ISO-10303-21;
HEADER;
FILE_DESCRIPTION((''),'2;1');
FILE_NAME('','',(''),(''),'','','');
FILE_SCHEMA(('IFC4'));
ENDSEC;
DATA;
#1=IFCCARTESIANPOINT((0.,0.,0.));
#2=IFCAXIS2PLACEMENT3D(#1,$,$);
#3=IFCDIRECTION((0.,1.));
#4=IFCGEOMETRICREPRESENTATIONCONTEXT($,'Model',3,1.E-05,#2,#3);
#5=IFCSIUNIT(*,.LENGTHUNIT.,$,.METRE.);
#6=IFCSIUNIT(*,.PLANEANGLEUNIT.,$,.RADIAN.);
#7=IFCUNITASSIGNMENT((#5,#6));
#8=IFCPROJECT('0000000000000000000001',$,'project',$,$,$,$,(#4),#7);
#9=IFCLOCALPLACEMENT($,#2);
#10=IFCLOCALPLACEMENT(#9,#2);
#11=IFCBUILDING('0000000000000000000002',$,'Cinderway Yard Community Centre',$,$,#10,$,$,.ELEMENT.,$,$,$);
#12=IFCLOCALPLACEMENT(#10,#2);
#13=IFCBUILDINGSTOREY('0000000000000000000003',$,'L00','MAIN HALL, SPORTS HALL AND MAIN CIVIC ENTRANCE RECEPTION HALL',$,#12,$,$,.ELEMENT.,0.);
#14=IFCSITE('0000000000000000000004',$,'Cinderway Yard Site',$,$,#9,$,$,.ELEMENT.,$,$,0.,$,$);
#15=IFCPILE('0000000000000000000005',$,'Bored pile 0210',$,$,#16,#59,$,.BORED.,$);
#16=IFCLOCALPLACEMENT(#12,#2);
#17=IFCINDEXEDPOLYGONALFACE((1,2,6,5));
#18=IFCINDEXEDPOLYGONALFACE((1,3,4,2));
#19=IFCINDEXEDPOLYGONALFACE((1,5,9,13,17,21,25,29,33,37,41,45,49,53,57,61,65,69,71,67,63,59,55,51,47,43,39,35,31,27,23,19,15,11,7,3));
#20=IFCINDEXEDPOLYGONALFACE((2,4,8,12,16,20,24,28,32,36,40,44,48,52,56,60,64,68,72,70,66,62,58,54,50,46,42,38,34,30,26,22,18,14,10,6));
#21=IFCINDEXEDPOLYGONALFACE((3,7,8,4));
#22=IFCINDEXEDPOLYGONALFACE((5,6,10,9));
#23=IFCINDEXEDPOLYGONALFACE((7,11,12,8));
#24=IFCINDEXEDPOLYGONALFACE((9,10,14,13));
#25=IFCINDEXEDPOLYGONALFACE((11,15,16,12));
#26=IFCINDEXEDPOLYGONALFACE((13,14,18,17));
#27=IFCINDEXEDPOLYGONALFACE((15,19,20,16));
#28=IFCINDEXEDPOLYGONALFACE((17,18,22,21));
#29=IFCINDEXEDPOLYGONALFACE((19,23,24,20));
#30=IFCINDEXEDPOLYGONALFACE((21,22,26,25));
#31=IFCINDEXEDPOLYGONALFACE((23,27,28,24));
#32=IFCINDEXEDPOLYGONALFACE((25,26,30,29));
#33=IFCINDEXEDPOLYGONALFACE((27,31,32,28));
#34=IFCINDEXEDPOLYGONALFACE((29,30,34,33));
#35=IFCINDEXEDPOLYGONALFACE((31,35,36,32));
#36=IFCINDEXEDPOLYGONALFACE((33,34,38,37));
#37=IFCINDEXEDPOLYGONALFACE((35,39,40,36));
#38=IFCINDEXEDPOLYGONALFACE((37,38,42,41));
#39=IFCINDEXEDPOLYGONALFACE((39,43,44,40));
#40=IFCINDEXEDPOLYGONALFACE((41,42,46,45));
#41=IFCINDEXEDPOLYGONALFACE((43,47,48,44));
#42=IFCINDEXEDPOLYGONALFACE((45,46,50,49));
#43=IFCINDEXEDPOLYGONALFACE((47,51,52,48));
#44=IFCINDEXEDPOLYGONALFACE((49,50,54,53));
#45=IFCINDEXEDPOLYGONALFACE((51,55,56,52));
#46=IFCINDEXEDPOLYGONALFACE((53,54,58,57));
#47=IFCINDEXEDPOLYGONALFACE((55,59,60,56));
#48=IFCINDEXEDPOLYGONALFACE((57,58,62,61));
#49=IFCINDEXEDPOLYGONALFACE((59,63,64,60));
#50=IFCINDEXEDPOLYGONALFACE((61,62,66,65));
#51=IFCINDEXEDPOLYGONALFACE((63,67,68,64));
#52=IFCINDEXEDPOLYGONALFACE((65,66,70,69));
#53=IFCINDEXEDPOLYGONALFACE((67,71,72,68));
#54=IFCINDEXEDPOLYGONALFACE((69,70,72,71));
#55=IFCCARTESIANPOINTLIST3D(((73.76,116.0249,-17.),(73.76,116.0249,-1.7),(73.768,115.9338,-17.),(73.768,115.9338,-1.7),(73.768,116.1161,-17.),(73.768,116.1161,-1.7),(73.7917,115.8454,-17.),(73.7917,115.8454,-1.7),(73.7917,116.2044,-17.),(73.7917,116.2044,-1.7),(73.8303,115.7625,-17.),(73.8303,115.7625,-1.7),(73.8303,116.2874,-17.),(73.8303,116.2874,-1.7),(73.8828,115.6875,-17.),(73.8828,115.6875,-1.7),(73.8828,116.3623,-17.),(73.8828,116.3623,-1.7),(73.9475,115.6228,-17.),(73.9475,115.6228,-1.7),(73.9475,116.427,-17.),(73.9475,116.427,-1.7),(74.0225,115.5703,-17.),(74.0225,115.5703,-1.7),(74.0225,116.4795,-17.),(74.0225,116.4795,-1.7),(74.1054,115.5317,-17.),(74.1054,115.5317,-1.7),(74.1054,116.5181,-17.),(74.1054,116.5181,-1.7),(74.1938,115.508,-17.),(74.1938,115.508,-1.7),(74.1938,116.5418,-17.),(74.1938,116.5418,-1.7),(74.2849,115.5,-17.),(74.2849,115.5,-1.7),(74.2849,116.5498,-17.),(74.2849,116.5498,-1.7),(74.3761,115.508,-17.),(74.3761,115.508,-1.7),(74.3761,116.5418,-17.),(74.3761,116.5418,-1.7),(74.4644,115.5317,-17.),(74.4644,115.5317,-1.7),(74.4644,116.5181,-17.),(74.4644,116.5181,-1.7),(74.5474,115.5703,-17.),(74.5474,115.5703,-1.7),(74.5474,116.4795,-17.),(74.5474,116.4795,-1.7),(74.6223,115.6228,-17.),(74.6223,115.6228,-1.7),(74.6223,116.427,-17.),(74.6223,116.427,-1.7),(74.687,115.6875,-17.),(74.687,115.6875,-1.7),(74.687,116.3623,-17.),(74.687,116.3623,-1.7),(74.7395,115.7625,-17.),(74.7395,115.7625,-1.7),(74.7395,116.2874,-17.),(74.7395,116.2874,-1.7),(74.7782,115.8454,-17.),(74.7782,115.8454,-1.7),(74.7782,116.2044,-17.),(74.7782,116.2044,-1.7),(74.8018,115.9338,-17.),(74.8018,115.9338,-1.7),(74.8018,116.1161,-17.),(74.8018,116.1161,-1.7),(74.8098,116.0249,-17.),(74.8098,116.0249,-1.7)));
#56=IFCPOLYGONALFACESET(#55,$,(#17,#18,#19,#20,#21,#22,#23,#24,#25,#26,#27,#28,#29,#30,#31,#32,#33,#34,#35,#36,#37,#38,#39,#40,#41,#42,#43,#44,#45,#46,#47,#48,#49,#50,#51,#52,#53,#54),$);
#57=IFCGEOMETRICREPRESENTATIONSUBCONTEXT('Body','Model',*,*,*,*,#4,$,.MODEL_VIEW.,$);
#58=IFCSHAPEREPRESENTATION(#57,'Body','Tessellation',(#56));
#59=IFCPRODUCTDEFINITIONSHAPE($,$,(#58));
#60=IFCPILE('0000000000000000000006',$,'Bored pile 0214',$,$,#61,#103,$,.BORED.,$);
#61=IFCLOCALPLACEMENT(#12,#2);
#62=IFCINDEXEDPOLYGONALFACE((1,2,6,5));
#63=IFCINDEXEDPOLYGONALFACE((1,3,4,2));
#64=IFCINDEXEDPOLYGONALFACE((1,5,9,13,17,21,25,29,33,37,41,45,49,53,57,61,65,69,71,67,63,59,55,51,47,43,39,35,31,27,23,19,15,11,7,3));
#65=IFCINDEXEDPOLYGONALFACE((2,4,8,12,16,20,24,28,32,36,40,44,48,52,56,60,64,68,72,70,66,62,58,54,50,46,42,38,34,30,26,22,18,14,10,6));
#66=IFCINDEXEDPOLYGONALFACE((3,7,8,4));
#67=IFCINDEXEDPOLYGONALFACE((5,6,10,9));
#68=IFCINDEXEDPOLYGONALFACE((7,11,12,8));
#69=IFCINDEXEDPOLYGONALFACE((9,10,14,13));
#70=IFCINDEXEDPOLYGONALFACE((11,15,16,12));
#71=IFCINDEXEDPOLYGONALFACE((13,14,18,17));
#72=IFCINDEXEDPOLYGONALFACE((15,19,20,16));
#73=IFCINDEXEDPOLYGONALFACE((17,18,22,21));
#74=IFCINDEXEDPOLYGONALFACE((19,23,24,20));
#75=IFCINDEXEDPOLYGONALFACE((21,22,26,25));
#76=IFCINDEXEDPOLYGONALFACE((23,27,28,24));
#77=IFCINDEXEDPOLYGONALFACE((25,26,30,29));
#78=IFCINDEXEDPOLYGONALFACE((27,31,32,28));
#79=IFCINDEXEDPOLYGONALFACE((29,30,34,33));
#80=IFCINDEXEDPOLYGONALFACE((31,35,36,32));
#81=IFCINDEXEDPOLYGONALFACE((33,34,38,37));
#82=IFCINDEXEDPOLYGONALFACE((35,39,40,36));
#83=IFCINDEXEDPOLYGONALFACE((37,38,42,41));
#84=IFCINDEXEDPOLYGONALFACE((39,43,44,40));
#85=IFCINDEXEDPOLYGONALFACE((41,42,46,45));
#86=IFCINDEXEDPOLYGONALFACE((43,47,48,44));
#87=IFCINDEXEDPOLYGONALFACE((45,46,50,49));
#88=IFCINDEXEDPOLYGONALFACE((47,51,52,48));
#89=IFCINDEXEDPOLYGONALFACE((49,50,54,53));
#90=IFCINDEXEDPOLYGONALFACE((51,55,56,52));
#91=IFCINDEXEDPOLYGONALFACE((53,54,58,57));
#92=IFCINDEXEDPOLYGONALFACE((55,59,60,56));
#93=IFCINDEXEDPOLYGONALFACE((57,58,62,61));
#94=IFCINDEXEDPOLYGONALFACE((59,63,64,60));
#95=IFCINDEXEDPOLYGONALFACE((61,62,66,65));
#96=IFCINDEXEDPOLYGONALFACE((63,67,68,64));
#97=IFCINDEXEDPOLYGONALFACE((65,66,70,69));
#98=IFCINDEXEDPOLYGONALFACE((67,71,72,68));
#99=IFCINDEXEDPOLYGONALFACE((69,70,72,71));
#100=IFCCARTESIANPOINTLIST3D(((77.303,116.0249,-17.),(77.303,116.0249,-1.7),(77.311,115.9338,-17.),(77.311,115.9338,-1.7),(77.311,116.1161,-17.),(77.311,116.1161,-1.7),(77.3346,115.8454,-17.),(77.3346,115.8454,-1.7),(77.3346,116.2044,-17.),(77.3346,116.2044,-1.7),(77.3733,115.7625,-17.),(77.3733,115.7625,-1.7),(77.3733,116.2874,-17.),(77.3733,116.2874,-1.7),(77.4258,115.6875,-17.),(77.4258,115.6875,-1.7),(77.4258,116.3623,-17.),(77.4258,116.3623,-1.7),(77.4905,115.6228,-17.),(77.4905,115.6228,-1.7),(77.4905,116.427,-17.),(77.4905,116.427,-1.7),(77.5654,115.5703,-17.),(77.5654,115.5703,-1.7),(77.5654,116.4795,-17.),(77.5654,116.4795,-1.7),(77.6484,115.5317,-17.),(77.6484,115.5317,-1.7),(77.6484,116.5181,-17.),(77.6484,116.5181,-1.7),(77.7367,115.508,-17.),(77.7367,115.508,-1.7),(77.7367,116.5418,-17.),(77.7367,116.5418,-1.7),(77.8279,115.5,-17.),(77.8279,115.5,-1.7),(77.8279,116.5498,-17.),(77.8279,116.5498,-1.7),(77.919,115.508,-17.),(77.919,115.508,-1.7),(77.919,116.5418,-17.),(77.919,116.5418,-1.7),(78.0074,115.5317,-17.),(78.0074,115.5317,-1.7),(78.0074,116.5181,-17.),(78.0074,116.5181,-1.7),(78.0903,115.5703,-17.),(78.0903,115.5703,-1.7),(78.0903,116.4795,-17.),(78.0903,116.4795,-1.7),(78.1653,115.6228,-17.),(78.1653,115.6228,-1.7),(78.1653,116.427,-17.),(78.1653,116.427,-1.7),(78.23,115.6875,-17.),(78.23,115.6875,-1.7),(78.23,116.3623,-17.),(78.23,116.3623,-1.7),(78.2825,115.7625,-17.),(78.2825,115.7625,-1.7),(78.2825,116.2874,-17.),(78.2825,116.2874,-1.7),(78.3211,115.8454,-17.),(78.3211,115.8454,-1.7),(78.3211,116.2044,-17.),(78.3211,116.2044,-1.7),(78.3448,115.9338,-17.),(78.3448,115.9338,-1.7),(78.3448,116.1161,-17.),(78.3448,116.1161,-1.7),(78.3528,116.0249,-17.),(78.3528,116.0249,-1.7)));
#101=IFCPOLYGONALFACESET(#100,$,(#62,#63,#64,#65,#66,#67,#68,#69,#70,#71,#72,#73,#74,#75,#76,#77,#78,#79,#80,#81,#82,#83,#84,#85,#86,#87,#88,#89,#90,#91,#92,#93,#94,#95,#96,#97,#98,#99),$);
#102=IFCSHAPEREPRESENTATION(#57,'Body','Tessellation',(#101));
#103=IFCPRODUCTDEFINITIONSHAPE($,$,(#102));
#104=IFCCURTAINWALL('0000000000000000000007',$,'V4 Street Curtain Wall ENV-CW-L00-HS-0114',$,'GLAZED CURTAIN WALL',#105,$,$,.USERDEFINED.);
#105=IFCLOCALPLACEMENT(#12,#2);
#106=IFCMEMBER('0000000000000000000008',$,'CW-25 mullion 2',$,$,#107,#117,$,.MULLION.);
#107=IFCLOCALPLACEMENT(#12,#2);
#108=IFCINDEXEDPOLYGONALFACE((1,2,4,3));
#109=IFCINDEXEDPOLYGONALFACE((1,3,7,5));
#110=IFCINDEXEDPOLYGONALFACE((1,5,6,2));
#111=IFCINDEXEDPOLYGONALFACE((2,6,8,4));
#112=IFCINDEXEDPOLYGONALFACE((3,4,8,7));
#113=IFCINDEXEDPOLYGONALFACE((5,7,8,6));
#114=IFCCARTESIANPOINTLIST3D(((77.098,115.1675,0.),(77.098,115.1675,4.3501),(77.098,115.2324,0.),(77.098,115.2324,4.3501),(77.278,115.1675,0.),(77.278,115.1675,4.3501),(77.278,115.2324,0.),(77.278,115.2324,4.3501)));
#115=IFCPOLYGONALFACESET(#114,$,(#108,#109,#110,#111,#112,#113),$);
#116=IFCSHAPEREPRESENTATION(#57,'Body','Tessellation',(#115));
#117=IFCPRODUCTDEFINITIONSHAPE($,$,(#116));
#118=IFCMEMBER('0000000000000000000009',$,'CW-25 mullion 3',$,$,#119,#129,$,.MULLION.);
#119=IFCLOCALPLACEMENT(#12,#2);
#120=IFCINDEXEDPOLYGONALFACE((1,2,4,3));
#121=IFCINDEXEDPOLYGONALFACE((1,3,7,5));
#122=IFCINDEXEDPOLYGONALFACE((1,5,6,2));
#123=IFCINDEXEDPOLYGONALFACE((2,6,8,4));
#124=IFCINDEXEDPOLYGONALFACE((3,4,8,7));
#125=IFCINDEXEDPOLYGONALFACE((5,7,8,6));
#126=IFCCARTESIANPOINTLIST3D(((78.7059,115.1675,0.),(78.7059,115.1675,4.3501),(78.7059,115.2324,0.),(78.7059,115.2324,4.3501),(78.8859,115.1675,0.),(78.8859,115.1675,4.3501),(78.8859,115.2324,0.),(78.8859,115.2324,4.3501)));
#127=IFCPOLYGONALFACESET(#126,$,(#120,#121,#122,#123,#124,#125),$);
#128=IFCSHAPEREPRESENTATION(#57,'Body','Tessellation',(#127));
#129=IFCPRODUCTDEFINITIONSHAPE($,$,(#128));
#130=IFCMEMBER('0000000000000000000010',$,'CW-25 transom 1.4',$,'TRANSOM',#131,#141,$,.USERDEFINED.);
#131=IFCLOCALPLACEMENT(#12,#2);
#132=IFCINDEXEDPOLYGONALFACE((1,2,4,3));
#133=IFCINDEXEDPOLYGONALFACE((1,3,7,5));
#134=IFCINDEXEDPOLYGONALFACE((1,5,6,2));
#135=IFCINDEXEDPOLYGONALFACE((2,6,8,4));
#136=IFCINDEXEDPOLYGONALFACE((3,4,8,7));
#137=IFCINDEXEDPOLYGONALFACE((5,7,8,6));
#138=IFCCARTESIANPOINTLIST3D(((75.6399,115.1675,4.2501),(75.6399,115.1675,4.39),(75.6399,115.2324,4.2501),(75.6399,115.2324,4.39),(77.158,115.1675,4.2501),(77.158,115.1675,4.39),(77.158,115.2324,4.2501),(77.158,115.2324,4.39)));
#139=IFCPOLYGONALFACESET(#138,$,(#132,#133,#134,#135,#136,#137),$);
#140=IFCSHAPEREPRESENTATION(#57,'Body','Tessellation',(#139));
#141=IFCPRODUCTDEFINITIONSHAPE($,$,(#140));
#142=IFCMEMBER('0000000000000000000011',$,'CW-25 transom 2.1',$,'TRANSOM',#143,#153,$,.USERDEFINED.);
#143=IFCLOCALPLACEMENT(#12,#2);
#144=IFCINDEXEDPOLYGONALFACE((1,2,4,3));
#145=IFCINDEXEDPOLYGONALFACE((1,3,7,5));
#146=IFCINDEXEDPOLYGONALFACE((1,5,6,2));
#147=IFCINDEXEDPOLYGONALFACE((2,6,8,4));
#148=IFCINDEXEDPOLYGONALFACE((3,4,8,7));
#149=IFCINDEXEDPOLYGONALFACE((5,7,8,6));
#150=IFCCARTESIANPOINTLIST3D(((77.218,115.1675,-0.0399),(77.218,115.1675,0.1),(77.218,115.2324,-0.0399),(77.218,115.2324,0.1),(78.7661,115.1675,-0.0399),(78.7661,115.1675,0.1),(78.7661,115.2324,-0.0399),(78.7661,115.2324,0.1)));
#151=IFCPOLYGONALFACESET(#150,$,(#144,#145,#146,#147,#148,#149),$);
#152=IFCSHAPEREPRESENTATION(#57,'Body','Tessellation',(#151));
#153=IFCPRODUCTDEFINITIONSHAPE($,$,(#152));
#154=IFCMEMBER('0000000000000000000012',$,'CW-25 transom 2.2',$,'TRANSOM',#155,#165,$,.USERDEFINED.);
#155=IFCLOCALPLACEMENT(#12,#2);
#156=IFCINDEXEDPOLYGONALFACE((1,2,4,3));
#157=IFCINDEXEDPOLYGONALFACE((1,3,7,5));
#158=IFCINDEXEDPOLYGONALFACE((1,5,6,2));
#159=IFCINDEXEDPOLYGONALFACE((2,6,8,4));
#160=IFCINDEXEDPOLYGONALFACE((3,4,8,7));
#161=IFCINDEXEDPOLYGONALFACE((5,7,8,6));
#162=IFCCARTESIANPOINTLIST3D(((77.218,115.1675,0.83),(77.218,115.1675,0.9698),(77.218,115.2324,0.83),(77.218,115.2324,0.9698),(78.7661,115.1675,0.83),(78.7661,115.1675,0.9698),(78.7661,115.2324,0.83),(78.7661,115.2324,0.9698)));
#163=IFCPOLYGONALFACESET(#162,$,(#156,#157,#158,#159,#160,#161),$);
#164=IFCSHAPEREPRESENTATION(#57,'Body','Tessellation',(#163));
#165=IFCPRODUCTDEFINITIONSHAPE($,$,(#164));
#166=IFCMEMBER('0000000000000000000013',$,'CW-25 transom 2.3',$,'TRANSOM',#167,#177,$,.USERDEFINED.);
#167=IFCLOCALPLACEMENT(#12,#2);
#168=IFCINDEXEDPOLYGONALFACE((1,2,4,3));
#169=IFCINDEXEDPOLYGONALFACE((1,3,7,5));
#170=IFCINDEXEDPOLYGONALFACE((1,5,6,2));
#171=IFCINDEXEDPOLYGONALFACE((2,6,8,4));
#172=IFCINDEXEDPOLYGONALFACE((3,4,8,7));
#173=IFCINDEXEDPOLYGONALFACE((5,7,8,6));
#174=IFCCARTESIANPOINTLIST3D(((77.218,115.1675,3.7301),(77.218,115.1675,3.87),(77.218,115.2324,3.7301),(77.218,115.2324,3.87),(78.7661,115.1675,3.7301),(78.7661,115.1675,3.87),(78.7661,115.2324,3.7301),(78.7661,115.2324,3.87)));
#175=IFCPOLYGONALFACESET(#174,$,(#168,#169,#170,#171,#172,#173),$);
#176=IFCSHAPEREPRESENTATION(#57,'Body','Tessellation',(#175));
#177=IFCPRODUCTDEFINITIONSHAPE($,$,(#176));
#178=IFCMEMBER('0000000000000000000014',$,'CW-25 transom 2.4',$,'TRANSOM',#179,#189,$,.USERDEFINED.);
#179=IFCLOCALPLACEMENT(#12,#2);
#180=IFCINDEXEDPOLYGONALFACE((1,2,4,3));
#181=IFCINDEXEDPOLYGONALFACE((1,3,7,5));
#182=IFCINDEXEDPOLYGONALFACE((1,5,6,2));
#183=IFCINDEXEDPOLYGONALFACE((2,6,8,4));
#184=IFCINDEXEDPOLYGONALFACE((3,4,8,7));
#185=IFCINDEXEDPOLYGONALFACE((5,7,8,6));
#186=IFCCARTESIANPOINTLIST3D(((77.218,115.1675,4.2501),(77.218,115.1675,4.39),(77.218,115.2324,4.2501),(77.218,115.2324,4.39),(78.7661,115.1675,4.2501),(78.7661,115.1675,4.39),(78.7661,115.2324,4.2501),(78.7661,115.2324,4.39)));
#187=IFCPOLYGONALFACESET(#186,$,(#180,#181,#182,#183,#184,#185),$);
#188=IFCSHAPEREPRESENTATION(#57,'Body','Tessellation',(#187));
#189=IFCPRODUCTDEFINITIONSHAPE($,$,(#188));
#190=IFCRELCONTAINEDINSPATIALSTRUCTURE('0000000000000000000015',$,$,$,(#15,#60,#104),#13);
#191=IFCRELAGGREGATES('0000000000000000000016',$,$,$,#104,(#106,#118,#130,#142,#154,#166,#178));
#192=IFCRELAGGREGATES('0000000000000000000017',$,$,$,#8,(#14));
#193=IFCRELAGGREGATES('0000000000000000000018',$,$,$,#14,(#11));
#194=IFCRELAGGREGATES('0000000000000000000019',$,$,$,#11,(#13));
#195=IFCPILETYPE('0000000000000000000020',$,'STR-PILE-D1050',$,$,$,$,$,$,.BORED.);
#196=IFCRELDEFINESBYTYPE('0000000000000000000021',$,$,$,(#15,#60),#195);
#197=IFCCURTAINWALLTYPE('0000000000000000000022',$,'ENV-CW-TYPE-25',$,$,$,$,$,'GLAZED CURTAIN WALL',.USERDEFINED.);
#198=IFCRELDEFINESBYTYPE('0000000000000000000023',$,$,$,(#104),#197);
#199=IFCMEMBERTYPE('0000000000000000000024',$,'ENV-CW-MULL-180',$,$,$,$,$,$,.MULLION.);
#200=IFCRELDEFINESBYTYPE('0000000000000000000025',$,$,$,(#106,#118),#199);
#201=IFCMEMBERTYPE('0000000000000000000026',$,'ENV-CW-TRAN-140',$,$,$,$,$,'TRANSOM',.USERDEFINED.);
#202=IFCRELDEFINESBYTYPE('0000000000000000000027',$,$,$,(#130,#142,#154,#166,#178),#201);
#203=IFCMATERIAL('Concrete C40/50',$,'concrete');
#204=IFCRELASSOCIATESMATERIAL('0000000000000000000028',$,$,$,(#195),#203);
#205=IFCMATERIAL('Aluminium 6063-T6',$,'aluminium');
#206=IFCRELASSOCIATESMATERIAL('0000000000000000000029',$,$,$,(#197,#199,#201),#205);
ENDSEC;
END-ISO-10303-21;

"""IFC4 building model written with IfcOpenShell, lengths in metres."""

from ifc_helpers import new_model, si_unit, direction, frame, origin, origin_2d, place, context, subcontext, project, spatial, rectangle, circle, extrude, material, material_profile, profile_set, type_object, element, aggregate, save


model = new_model("IFC4")

# Units and contexts
model_context = context("Model", 3, precision=1e-05, world=origin(), true_north=direction((0.0, 1.0)))
body_context = subcontext(model_context, "Body", "Model", "MODEL_VIEW")
ifc_project = project(units=[si_unit("LENGTHUNIT", "METRE"), si_unit("PLANEANGLEUNIT", "RADIAN")], contexts=[model_context])

# Site, building, storey
site_placement = place(None, origin())
site = spatial("IfcSite", under=ifc_project, at=site_placement, Name="Cinderway Yard Site", CompositionType="ELEMENT", RefElevation=0.0)
building_placement = place(site_placement, origin())
building = spatial("IfcBuilding", under=site, at=building_placement, Name="Cinderway Yard Community Centre", CompositionType="ELEMENT")
storey_placement = place(building_placement, origin())
storey = spatial("IfcBuildingStorey", under=building, at=storey_placement, Name="L00", Description="MAIN HALL, SPORTS HALL AND MAIN CIVIC ENTRANCE RECEPTION HALL", CompositionType="ELEMENT", Elevation=0.0)

# Piles
ifc_material_1 = material(Name="Concrete C40/50", Category="concrete")
ifc_material_profile_1 = material_profile(ifc_material_1, circle(Radius=0.5249, at=origin_2d()), Name="Concrete C40/50")
ifc_profile_set_1 = profile_set([ifc_material_profile_1], Name="Concrete C40/50")
pile_type = type_object("IfcPileType", Name="STR-PILE-D1050", PredefinedType="BORED", material=ifc_profile_set_1)
for number, where, z_axis, x_axis, name in (
    (1, (74.2849, 116.0249, -1.7), (0.0, 0.0, -1.0), (1.0, 0.0, 0.0), "Bored pile 0210"),
    (2, (77.8279, 116.0249, -1.7), (0.0, 0.0, -1.0), (1.0, 0.0, 0.0), "Bored pile 0214"),
):
    element("IfcPile", number, at=place(storey_placement, frame(where, z_axis=z_axis, x_axis=x_axis)), inside=storey, type_object=pile_type, Name=name, PredefinedType="BORED", context=body_context, shape_type="SweptSolid", body=[
        extrude(circle(Radius=0.5249, at=origin_2d()), origin(), (0.0, 0.0, 1.0), 15.3),
    ])

# Curtain wall, members
ifc_material_2 = material(Name="Aluminium 6063-T6", Category="aluminium")
curtain_wall_type = type_object("IfcCurtainWallType", Name="ENV-CW-TYPE-25", ElementType="GLAZED CURTAIN WALL", PredefinedType="USERDEFINED", material=ifc_material_2)
curtain_wall_placement = place(storey_placement, origin())
curtain_wall = element("IfcCurtainWall", 3, at=curtain_wall_placement, inside=storey, type_object=curtain_wall_type, Name="V4 Street Curtain Wall ENV-CW-L00-HS-0114", ObjectType="GLAZED CURTAIN WALL", PredefinedType="USERDEFINED")
ifc_material_profile_2 = material_profile(ifc_material_2, rectangle(XDim=0.0649, YDim=0.1799, at=origin_2d()), Name="Aluminium 6063-T6")
ifc_profile_set_2 = profile_set([ifc_material_profile_2], Name="Aluminium 6063-T6")
member_type_1 = type_object("IfcMemberType", Name="ENV-CW-MULL-180", PredefinedType="MULLION", material=ifc_profile_set_2)
member_1_placement = place(storey_placement, frame((77.188, 115.2, 0.0), z_axis=(0.0, 0.0, 1.0), x_axis=(0.0, 1.0, 0.0)))
member_1 = element("IfcMember", 4, at=member_1_placement, type_object=member_type_1, Name="CW-25 mullion 2", PredefinedType="MULLION", context=body_context, shape_type="SweptSolid", body=[
    extrude(rectangle(XDim=0.0649, YDim=0.1799, at=origin_2d()), origin(), (0.0, 0.0, 1.0), 4.3501),
])
member_2_placement = place(storey_placement, frame((78.7959, 115.2, 0.0), z_axis=(0.0, 0.0, 1.0), x_axis=(0.0, 1.0, 0.0)))
member_2 = element("IfcMember", 5, at=member_2_placement, type_object=member_type_1, Name="CW-25 mullion 3", PredefinedType="MULLION", context=body_context, shape_type="SweptSolid", body=[
    extrude(rectangle(XDim=0.0649, YDim=0.1799, at=origin_2d()), origin(), (0.0, 0.0, 1.0), 4.3501),
])
ifc_material_profile_3 = material_profile(ifc_material_2, rectangle(XDim=0.0649, YDim=0.1399, at=origin_2d()), Name="Aluminium 6063-T6")
ifc_profile_set_3 = profile_set([ifc_material_profile_3], Name="Aluminium 6063-T6")
member_type_2 = type_object("IfcMemberType", Name="ENV-CW-TRAN-140", ElementType="TRANSOM", PredefinedType="USERDEFINED", material=ifc_profile_set_3)
member_3_placement = place(storey_placement, frame((75.6399, 115.2, 4.3201), z_axis=(1.0, 0.0, 0.0), x_axis=(0.0, 1.0, 0.0)))
member_3 = element("IfcMember", 6, at=member_3_placement, type_object=member_type_2, Name="CW-25 transom 1.4", ObjectType="TRANSOM", PredefinedType="USERDEFINED", context=body_context, shape_type="SweptSolid", body=[
    extrude(rectangle(XDim=0.0649, YDim=0.1399, at=origin_2d()), origin(), (0.0, 0.0, 1.0), 1.5181),
])
member_4_placement = place(storey_placement, frame((77.218, 115.2, 0.03), z_axis=(1.0, 0.0, 0.0), x_axis=(0.0, 1.0, 0.0)))
member_4 = element("IfcMember", 7, at=member_4_placement, type_object=member_type_2, Name="CW-25 transom 2.1", ObjectType="TRANSOM", PredefinedType="USERDEFINED", context=body_context, shape_type="SweptSolid", body=[
    extrude(rectangle(XDim=0.0649, YDim=0.1399, at=origin_2d()), origin(), (0.0, 0.0, 1.0), 1.5481),
])
member_5_placement = place(storey_placement, frame((77.218, 115.2, 0.8999), z_axis=(1.0, 0.0, 0.0), x_axis=(0.0, 1.0, 0.0)))
member_5 = element("IfcMember", 8, at=member_5_placement, type_object=member_type_2, Name="CW-25 transom 2.2", ObjectType="TRANSOM", PredefinedType="USERDEFINED", context=body_context, shape_type="SweptSolid", body=[
    extrude(rectangle(XDim=0.0649, YDim=0.1399, at=origin_2d()), origin(), (0.0, 0.0, 1.0), 1.5481),
])
member_6_placement = place(storey_placement, frame((77.218, 115.2, 3.8), z_axis=(1.0, 0.0, 0.0), x_axis=(0.0, 1.0, 0.0)))
member_6 = element("IfcMember", 9, at=member_6_placement, type_object=member_type_2, Name="CW-25 transom 2.3", ObjectType="TRANSOM", PredefinedType="USERDEFINED", context=body_context, shape_type="SweptSolid", body=[
    extrude(rectangle(XDim=0.0649, YDim=0.1399, at=origin_2d()), origin(), (0.0, 0.0, 1.0), 1.5481),
])
member_7_placement = place(storey_placement, frame((77.218, 115.2, 4.3201), z_axis=(1.0, 0.0, 0.0), x_axis=(0.0, 1.0, 0.0)))
member_7 = element("IfcMember", 10, at=member_7_placement, type_object=member_type_2, Name="CW-25 transom 2.4", ObjectType="TRANSOM", PredefinedType="USERDEFINED", context=body_context, shape_type="SweptSolid", body=[
    extrude(rectangle(XDim=0.0649, YDim=0.1399, at=origin_2d()), origin(), (0.0, 0.0, 1.0), 1.5481),
])
aggregate(curtain_wall, [member_1, member_2, member_3, member_4, member_5, member_6, member_7])

save(model, "model.ifc")
